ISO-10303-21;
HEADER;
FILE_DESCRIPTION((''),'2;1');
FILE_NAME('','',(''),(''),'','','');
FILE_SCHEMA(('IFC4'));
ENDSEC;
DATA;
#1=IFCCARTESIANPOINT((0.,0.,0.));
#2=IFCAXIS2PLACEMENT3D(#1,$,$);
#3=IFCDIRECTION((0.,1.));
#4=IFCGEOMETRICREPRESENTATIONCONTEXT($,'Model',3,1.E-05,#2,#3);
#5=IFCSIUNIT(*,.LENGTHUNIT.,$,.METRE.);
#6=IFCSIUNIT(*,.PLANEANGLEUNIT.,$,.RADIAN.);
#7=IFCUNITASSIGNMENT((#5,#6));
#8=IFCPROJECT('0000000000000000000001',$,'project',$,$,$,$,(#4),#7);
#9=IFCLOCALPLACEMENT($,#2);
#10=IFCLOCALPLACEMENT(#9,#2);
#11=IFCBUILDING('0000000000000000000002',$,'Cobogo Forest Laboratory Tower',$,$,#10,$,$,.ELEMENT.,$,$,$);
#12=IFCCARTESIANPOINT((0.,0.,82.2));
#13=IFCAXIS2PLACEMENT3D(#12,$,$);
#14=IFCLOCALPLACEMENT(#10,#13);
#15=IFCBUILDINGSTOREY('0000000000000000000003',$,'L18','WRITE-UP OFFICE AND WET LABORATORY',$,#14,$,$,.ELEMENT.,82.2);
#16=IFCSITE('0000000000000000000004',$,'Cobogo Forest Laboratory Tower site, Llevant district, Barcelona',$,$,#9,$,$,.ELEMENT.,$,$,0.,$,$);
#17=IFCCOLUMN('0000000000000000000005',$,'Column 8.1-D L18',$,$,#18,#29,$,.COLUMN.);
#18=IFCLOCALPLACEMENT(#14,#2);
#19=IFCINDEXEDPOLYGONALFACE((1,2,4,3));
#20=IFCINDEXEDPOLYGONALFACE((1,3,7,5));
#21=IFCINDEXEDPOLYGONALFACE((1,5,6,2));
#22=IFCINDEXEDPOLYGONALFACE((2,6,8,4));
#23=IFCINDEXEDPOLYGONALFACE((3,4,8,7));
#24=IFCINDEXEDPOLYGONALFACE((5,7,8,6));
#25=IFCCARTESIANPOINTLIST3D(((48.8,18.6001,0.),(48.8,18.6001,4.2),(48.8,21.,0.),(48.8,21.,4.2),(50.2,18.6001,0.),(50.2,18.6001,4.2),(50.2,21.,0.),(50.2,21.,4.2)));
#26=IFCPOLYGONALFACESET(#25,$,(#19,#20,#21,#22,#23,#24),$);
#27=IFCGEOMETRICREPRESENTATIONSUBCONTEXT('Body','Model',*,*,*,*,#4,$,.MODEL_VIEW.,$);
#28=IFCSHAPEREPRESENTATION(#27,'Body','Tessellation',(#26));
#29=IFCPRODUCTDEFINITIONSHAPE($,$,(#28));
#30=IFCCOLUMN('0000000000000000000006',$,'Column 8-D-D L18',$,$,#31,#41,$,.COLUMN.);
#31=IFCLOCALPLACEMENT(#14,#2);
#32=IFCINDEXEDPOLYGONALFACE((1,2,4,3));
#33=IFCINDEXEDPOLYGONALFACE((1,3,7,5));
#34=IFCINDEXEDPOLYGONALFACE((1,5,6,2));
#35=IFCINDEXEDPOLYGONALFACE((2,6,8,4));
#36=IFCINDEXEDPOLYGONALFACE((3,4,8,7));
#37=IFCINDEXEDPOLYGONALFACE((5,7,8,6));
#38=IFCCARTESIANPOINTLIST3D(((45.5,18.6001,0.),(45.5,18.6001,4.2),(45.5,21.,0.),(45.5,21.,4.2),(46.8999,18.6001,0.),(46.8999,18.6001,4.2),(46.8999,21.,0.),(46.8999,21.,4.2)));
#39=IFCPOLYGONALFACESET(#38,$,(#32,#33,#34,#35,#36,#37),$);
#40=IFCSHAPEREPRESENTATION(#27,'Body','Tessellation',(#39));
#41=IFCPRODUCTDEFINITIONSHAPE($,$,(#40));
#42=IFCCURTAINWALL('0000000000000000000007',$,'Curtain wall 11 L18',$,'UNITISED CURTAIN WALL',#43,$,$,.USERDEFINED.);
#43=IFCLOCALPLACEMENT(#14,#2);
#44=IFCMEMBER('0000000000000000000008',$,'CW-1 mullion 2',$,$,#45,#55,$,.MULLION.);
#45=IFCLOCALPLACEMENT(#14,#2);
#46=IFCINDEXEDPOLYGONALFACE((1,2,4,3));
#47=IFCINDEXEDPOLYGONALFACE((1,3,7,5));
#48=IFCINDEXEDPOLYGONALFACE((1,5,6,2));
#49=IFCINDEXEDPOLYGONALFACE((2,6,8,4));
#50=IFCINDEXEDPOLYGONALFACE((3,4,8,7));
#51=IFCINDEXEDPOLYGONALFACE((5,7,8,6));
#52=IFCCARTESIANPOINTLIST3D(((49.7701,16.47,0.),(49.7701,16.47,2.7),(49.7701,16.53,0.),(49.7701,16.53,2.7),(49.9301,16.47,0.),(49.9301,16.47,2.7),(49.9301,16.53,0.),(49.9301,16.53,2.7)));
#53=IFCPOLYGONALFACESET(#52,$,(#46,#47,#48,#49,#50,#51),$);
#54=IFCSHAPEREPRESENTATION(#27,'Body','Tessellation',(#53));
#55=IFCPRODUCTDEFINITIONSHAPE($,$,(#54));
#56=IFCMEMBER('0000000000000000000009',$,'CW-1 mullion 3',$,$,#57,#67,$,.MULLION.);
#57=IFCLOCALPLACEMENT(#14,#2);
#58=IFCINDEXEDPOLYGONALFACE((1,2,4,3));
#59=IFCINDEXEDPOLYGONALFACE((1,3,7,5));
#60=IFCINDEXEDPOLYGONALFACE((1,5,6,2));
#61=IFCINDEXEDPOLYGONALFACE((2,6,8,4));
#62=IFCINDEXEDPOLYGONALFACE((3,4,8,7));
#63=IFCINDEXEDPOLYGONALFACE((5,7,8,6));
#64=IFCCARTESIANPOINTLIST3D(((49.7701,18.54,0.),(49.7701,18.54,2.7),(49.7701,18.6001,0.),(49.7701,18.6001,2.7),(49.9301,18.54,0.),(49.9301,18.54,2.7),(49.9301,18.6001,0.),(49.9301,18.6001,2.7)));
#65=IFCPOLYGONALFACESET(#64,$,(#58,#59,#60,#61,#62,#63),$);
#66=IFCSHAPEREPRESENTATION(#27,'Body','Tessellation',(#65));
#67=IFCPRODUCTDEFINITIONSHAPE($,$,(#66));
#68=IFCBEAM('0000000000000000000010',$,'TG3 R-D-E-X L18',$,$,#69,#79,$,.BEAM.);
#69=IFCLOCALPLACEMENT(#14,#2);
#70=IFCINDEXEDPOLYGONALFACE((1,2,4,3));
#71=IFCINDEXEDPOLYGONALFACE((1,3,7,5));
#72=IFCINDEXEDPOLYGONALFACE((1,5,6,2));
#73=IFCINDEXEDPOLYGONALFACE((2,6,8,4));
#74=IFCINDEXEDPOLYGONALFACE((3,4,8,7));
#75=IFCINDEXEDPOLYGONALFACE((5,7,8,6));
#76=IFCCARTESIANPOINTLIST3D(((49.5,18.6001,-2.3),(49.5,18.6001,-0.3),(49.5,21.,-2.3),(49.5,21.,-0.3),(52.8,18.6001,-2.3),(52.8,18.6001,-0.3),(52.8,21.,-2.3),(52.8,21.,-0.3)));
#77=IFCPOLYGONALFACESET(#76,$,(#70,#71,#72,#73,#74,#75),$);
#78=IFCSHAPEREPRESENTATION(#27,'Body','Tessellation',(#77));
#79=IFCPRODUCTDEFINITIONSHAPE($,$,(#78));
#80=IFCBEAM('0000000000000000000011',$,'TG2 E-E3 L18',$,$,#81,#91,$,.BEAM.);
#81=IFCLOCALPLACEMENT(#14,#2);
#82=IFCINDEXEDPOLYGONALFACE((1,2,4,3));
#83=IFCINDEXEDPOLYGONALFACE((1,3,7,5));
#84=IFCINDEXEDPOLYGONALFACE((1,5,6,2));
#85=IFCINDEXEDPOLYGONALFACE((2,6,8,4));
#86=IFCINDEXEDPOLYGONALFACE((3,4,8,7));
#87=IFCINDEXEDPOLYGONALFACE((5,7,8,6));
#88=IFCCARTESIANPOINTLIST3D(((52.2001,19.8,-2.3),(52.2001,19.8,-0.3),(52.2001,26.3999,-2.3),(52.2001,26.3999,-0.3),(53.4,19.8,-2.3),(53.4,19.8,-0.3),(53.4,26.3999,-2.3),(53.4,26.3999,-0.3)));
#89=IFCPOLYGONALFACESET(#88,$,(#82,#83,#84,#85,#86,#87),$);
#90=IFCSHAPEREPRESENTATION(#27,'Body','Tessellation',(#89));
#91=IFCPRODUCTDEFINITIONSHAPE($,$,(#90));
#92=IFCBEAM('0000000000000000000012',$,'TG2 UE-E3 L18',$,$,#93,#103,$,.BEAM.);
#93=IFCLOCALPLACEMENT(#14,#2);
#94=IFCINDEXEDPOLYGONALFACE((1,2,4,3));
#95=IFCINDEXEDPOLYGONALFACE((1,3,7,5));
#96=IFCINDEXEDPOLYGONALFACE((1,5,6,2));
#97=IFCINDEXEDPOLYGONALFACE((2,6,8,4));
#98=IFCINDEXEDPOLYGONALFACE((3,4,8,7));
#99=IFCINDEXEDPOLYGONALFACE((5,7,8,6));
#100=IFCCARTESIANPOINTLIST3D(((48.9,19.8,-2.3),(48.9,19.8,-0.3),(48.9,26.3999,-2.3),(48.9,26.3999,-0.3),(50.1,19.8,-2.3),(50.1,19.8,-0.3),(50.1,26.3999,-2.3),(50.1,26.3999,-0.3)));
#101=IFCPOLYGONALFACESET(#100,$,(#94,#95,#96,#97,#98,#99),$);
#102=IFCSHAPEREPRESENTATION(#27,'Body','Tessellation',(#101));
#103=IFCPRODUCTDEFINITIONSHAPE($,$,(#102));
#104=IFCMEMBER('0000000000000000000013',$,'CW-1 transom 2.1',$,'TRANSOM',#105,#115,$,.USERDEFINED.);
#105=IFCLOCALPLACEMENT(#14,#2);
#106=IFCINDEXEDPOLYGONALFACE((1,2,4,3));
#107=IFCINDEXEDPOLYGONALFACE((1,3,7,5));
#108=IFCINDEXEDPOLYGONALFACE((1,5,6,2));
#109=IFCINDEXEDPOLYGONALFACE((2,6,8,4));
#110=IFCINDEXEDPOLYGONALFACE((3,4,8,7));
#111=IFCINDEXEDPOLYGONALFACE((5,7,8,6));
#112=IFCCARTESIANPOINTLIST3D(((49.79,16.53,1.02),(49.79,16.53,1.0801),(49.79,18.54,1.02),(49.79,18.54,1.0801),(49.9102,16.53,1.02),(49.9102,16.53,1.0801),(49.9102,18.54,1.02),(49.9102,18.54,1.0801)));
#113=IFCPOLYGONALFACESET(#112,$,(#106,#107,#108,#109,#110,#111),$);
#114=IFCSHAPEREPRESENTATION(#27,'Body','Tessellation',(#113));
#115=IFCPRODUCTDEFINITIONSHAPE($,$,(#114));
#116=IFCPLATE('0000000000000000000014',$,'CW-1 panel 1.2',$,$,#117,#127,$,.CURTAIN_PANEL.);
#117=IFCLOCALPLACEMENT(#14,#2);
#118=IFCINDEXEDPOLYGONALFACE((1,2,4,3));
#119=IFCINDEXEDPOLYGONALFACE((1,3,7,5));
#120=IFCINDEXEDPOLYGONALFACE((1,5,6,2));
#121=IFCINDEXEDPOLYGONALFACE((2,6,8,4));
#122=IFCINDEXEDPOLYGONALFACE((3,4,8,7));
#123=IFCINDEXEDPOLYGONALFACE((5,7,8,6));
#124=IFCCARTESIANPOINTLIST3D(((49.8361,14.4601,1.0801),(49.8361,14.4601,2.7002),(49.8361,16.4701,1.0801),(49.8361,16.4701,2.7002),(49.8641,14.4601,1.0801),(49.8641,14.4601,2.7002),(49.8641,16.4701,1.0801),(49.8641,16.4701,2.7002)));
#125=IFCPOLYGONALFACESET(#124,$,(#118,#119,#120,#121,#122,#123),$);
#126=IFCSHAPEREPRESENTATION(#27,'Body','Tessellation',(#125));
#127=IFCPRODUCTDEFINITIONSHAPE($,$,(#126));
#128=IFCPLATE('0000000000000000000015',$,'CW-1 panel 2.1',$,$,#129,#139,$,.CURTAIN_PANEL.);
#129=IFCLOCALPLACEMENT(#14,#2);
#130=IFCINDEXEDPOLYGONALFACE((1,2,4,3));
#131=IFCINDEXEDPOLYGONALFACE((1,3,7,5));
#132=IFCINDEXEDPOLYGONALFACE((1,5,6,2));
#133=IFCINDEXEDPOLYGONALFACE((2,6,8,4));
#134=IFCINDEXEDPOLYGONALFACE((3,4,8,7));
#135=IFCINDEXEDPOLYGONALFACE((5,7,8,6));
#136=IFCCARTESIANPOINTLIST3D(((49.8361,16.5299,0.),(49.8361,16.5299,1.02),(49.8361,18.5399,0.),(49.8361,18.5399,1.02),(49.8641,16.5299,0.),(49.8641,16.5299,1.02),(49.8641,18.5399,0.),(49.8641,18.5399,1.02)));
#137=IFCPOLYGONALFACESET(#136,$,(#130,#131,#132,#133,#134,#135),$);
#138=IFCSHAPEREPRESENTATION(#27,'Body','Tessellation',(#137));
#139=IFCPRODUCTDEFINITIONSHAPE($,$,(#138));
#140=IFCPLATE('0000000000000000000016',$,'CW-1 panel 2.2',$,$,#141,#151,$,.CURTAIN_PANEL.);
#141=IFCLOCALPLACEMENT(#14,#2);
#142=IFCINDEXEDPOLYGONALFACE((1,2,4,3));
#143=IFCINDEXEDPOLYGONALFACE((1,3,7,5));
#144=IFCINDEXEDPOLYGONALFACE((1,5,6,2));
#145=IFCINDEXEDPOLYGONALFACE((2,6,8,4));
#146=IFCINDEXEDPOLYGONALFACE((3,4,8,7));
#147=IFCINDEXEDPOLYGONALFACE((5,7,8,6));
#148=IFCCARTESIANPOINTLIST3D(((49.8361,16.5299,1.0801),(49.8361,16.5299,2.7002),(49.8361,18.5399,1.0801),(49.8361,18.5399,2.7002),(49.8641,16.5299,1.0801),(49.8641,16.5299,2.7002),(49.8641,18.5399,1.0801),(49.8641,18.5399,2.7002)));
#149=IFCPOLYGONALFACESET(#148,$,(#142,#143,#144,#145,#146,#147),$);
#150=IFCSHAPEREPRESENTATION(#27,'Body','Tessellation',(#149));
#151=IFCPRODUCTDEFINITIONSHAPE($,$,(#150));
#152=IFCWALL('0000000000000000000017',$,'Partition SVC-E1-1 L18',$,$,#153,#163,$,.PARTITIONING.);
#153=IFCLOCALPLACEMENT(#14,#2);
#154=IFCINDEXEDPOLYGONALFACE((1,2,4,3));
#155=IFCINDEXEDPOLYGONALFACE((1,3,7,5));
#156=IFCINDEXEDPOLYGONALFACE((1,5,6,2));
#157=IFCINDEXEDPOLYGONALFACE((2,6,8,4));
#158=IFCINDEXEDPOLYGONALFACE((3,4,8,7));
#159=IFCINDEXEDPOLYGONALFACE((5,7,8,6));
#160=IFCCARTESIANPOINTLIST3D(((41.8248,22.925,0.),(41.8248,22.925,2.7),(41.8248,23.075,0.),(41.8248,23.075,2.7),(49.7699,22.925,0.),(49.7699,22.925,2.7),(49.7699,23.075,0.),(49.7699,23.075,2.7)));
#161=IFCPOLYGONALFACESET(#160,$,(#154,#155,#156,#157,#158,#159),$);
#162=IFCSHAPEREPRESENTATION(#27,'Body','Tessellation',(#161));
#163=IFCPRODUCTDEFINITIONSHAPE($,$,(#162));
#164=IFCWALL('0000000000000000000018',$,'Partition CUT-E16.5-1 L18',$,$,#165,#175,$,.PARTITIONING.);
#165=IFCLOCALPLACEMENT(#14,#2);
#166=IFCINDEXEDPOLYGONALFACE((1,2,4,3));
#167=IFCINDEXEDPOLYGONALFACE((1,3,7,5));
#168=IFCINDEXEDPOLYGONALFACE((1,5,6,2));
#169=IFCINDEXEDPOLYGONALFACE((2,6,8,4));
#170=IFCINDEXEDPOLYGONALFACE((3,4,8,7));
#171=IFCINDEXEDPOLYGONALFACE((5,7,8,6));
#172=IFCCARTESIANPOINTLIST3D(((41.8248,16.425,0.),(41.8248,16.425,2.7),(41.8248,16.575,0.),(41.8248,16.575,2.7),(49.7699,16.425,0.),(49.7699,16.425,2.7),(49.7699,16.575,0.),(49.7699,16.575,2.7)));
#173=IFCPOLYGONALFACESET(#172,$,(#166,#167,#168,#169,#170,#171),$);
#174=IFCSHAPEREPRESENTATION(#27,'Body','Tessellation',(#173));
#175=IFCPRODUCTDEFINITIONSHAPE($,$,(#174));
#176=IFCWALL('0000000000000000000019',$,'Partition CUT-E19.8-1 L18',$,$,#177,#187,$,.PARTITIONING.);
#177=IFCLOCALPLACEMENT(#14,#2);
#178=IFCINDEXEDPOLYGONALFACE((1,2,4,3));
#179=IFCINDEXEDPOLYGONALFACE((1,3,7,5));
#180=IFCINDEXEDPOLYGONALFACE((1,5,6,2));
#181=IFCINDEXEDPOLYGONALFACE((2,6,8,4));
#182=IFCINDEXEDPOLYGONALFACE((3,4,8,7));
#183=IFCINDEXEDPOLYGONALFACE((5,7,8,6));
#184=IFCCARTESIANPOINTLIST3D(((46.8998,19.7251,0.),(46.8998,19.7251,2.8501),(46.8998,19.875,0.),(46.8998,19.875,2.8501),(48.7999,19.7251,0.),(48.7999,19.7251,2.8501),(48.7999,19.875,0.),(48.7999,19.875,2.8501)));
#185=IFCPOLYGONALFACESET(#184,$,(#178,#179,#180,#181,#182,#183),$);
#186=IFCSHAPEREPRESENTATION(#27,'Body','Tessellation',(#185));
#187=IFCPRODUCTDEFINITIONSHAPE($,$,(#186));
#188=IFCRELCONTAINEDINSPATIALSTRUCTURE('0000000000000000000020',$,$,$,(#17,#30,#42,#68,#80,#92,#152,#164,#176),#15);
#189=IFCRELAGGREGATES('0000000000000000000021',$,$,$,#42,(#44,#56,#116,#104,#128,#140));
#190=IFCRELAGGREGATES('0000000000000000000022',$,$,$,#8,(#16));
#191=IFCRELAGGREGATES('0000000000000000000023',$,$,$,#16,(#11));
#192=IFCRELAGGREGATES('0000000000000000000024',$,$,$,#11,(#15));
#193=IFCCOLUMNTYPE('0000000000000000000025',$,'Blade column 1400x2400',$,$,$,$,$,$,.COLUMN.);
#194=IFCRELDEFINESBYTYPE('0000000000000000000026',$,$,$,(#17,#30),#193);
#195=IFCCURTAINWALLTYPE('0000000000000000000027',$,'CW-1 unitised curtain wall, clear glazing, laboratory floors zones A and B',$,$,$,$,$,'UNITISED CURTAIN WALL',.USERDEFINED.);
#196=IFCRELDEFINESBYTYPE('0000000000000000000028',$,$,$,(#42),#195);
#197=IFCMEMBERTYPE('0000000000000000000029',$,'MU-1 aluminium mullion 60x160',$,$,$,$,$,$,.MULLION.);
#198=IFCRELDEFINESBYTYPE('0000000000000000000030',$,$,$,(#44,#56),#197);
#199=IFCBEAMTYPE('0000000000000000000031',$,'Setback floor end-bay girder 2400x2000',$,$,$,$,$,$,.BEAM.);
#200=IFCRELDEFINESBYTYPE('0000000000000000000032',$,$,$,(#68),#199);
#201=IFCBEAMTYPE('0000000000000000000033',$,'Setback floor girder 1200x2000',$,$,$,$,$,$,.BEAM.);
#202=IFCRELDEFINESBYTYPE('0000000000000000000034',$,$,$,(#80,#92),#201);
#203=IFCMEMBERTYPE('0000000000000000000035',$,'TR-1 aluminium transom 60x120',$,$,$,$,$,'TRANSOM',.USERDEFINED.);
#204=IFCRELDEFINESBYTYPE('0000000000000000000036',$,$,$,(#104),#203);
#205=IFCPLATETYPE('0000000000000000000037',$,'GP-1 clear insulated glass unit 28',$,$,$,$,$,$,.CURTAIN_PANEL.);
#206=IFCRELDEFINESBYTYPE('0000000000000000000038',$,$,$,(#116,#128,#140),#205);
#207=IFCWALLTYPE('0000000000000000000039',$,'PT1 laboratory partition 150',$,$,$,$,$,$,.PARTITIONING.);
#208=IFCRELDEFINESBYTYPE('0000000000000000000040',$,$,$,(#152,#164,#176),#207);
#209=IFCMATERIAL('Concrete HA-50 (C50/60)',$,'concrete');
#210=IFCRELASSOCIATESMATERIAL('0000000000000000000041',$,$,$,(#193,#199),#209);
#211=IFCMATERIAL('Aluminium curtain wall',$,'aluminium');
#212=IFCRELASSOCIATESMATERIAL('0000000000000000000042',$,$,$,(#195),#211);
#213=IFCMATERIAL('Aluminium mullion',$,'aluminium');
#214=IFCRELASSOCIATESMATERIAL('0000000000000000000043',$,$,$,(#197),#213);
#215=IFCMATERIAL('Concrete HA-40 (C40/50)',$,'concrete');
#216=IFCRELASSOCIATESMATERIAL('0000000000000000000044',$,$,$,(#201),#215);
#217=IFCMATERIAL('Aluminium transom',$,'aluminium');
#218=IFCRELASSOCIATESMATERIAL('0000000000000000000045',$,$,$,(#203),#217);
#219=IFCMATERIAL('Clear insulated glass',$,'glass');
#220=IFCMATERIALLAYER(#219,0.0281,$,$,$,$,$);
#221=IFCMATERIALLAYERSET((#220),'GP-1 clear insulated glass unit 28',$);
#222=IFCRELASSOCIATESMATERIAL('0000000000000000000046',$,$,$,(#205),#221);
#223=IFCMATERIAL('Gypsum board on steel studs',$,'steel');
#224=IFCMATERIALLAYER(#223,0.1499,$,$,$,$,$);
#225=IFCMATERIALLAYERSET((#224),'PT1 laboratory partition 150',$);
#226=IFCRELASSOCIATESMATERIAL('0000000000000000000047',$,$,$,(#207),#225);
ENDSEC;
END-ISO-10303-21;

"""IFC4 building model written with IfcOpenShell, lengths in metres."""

from ifc_helpers import new_model, si_unit, direction, frame, frame_2d, origin, origin_2d, place, context, subcontext, project, spatial, rectangle, extrude, material, layer, layer_set, material_profile, profile_set, type_object, element, aggregate, save


model = new_model("IFC4")

# Units and contexts
model_context = context("Model", 3, precision=1e-05, world=origin(), true_north=direction((0.0, 1.0)))
body_context = subcontext(model_context, "Body", "Model", "MODEL_VIEW")
ifc_project = project(units=[si_unit("LENGTHUNIT", "METRE"), si_unit("PLANEANGLEUNIT", "RADIAN")], contexts=[model_context])

# Site, building, storey
site_placement = place(None, origin())
site = spatial("IfcSite", under=ifc_project, at=site_placement, Name="Cobogo Forest Laboratory Tower site, Llevant district, Barcelona", CompositionType="ELEMENT", RefElevation=0.0)
building_placement = place(site_placement, origin())
building = spatial("IfcBuilding", under=site, at=building_placement, Name="Cobogo Forest Laboratory Tower", CompositionType="ELEMENT")
storey_placement = place(building_placement, frame((0.0, 0.0, 82.2)))
storey = spatial("IfcBuildingStorey", under=building, at=storey_placement, Name="L18", Description="WRITE-UP OFFICE AND WET LABORATORY", CompositionType="ELEMENT", Elevation=82.2)

# Columns
ifc_material_1 = material(Name="Concrete HA-50 (C50/60)", Category="concrete")
ifc_material_profile_1 = material_profile(ifc_material_1, rectangle(XDim=2.3999, YDim=1.3999, at=origin_2d()), Name="RC 1400x2400")
ifc_profile_set_1 = profile_set([ifc_material_profile_1], Name="Concrete HA-50 (C50/60)")
column_type = type_object("IfcColumnType", Name="Blade column 1400x2400", PredefinedType="COLUMN", material=ifc_profile_set_1)
for number, where, z_axis, x_axis, name in (
    (1, (49.5, 19.8, 0.0), (0.0, 0.0, 1.0), (0.0, 1.0, 0.0), "Column 8.1-D L18"),
    (2, (46.2, 19.8, 0.0), (0.0, 0.0, 1.0), (0.0, 1.0, 0.0), "Column 8-D-D L18"),
):
    element("IfcColumn", number, at=place(storey_placement, frame(where, z_axis=z_axis, x_axis=x_axis)), inside=storey, type_object=column_type, Name=name, PredefinedType="COLUMN", context=body_context, shape_type="SweptSolid", body=[
        extrude(rectangle(XDim=2.3999, YDim=1.3999, at=origin_2d()), origin(), (0.0, 0.0, 1.0), 4.2),
    ])

# Curtain wall, members
ifc_material_2 = material(Name="Aluminium curtain wall", Category="aluminium")
curtain_wall_type = type_object("IfcCurtainWallType", Name="CW-1 unitised curtain wall, clear glazing, laboratory floors zones A and B", ElementType="UNITISED CURTAIN WALL", PredefinedType="USERDEFINED", material=ifc_material_2)
curtain_wall_placement = place(storey_placement, origin())
curtain_wall = element("IfcCurtainWall", 3, at=curtain_wall_placement, inside=storey, type_object=curtain_wall_type, Name="Curtain wall 11 L18", ObjectType="UNITISED CURTAIN WALL", PredefinedType="USERDEFINED")
ifc_material_3 = material(Name="Aluminium mullion", Category="aluminium")
ifc_material_profile_2 = material_profile(ifc_material_3, rectangle(XDim=0.0601, YDim=0.1599, at=origin_2d()), Name="AL 60x160")
ifc_profile_set_2 = profile_set([ifc_material_profile_2], Name="Aluminium mullion")
member_type_1 = type_object("IfcMemberType", Name="MU-1 aluminium mullion 60x160", PredefinedType="MULLION", material=ifc_profile_set_2)
member_1_placement = place(storey_placement, frame((49.8501, 16.5, 0.0), z_axis=(0.0, 0.0, 1.0), x_axis=(0.0, 1.0, 0.0)))
member_1 = element("IfcMember", 4, at=member_1_placement, type_object=member_type_1, Name="CW-1 mullion 2", PredefinedType="MULLION", context=body_context, shape_type="SweptSolid", body=[
    extrude(rectangle(XDim=0.0601, YDim=0.1599, at=origin_2d()), origin(), (0.0, 0.0, 1.0), 2.7),
])
member_2_placement = place(storey_placement, frame((49.8501, 18.5701, 0.0), z_axis=(0.0, 0.0, 1.0), x_axis=(0.0, 1.0, 0.0)))
member_2 = element("IfcMember", 5, at=member_2_placement, type_object=member_type_1, Name="CW-1 mullion 3", PredefinedType="MULLION", context=body_context, shape_type="SweptSolid", body=[
    extrude(rectangle(XDim=0.0601, YDim=0.1599, at=origin_2d()), origin(), (0.0, 0.0, 1.0), 2.7),
])

# Beams
ifc_material_profile_3 = material_profile(ifc_material_1, rectangle(XDim=2.3999, YDim=2.0, at=origin_2d()), Name="RC 2400x2000")
ifc_profile_set_3 = profile_set([ifc_material_profile_3], Name="Concrete HA-50 (C50/60)")
beam_type_1 = type_object("IfcBeamType", Name="Setback floor end-bay girder 2400x2000", PredefinedType="BEAM", material=ifc_profile_set_3)
beam_placement = place(storey_placement, frame((52.8, 19.8, -1.3), z_axis=(-1.0, 0.0, 0.0), x_axis=(0.0, -1.0, 0.0)))
element("IfcBeam", 6, at=beam_placement, inside=storey, type_object=beam_type_1, Name="TG3 R-D-E-X L18", PredefinedType="BEAM", context=body_context, shape_type="SweptSolid", body=[
    extrude(rectangle(XDim=2.3999, YDim=2.0, at=origin_2d()), origin(), (0.0, 0.0, 1.0), 3.3),
])
ifc_material_4 = material(Name="Concrete HA-40 (C40/50)", Category="concrete")
ifc_material_profile_4 = material_profile(ifc_material_4, rectangle(XDim=1.2, YDim=2.0, at=origin_2d()), Name="RC 1200x2000")
ifc_profile_set_4 = profile_set([ifc_material_profile_4], Name="Concrete HA-40 (C40/50)")
beam_type_2 = type_object("IfcBeamType", Name="Setback floor girder 1200x2000", PredefinedType="BEAM", material=ifc_profile_set_4)
for number, where, z_axis, x_axis, name in (
    (7, (52.8, 19.8, -1.3), (0.0, 1.0, 0.0), (-1.0, 0.0, 0.0), "TG2 E-E3 L18"),
    (8, (49.5, 19.8, -1.3), (0.0, 1.0, 0.0), (-1.0, 0.0, 0.0), "TG2 UE-E3 L18"),
):
    element("IfcBeam", number, at=place(storey_placement, frame(where, z_axis=z_axis, x_axis=x_axis)), inside=storey, type_object=beam_type_2, Name=name, PredefinedType="BEAM", context=body_context, shape_type="SweptSolid", body=[
        extrude(rectangle(XDim=1.2, YDim=2.0, at=origin_2d()), origin(), (0.0, 0.0, 1.0), 6.5999),
    ])

# Member
ifc_material_5 = material(Name="Aluminium transom", Category="aluminium")
ifc_material_profile_5 = material_profile(ifc_material_5, rectangle(XDim=0.1201, YDim=0.0601, at=origin_2d()), Name="AL 60x120")
ifc_profile_set_5 = profile_set([ifc_material_profile_5], Name="Aluminium transom")
member_type_2 = type_object("IfcMemberType", Name="TR-1 aluminium transom 60x120", ElementType="TRANSOM", PredefinedType="USERDEFINED", material=ifc_profile_set_5)
member_3_placement = place(storey_placement, frame((49.8501, 16.53, 1.05), z_axis=(0.0, 1.0, 0.0), x_axis=(-1.0, 0.0, 0.0)))
member_3 = element("IfcMember", 9, at=member_3_placement, type_object=member_type_2, Name="CW-1 transom 2.1", ObjectType="TRANSOM", PredefinedType="USERDEFINED", context=body_context, shape_type="SweptSolid", body=[
    extrude(rectangle(XDim=0.1201, YDim=0.0601, at=origin_2d()), origin(), (0.0, 0.0, 1.0), 2.01),
])

# Plates
ifc_material_6 = material(Name="Clear insulated glass", Category="glass")
ifc_layer_1 = layer(ifc_material_6, 0.0281)
ifc_layer_set_1 = layer_set([ifc_layer_1], Name="GP-1 clear insulated glass unit 28")
plate_type_1 = type_object("IfcPlateType", Name="GP-1 clear insulated glass unit 28", PredefinedType="CURTAIN_PANEL", material=ifc_layer_set_1)
plate_1_placement = place(storey_placement, frame((49.8501, 15.4651, 1.0801), z_axis=(0.0, 0.0, 1.0), x_axis=(0.0, 1.0, 0.0)))
plate_1 = element("IfcPlate", 10, at=plate_1_placement, type_object=plate_type_1, Name="CW-1 panel 1.2", PredefinedType="CURTAIN_PANEL", context=body_context, shape_type="SweptSolid", body=[
    extrude(rectangle(XDim=2.01, YDim=0.0281, at=origin_2d()), origin(), (0.0, 0.0, 1.0), 1.6201),
])
plate_2_placement = place(storey_placement, frame((49.8501, 17.5349, 0.0), z_axis=(0.0, 0.0, 1.0), x_axis=(0.0, 1.0, 0.0)))
plate_2 = element("IfcPlate", 11, at=plate_2_placement, type_object=plate_type_1, Name="CW-1 panel 2.1", PredefinedType="CURTAIN_PANEL", context=body_context, shape_type="SweptSolid", body=[
    extrude(rectangle(XDim=2.01, YDim=0.0281, at=origin_2d()), origin(), (0.0, 0.0, 1.0), 1.02),
])
plate_3_placement = place(storey_placement, frame((49.8501, 17.5349, 1.0801), z_axis=(0.0, 0.0, 1.0), x_axis=(0.0, 1.0, 0.0)))
plate_3 = element("IfcPlate", 12, at=plate_3_placement, type_object=plate_type_1, Name="CW-1 panel 2.2", PredefinedType="CURTAIN_PANEL", context=body_context, shape_type="SweptSolid", body=[
    extrude(rectangle(XDim=2.01, YDim=0.0281, at=origin_2d()), origin(), (0.0, 0.0, 1.0), 1.6201),
])
aggregate(curtain_wall, [member_1, member_2, plate_1, member_3, plate_2, plate_3])

# Walls
ifc_material_7 = material(Name="Gypsum board on steel studs", Category="steel")
ifc_layer_2 = layer(ifc_material_7, 0.1499)
ifc_layer_set_2 = layer_set([ifc_layer_2], Name="PT1 laboratory partition 150")
wall_type_1 = type_object("IfcWallType", Name="PT1 laboratory partition 150", PredefinedType="PARTITIONING", material=ifc_layer_set_2)
for number, where, z_axis, x_axis, name in (
    (13, (49.77, 23.0, 0.0), (0.0, 0.0, 1.0), (-1.0, 0.0, 0.0), "Partition SVC-E1-1 L18"),
    (14, (49.77, 16.5, 0.0), (0.0, 0.0, 1.0), (-1.0, 0.0, 0.0), "Partition CUT-E16.5-1 L18"),
):
    element("IfcWall", number, at=place(storey_placement, frame(where, z_axis=z_axis, x_axis=x_axis)), inside=storey, type_object=wall_type_1, Name=name, PredefinedType="PARTITIONING", context=body_context, shape_type="SweptSolid", body=[
        extrude(rectangle(XDim=7.9451, YDim=0.1499, at=frame_2d((3.9727, 0.0))), origin(), (0.0, 0.0, 1.0), 2.7),
    ])
wall_1_placement = place(storey_placement, frame((48.8, 19.8, 0.0), z_axis=(0.0, 0.0, 1.0), x_axis=(-1.0, 0.0, 0.0)))
element("IfcWall", 15, at=wall_1_placement, inside=storey, type_object=wall_type_1, Name="Partition CUT-E19.8-1 L18", PredefinedType="PARTITIONING", context=body_context, shape_type="SweptSolid", body=[
    extrude(rectangle(XDim=1.9001, YDim=0.1499, at=frame_2d((0.9502, 0.0))), origin(), (0.0, 0.0, 1.0), 2.8501),
])

save(model, "model.ifc")
